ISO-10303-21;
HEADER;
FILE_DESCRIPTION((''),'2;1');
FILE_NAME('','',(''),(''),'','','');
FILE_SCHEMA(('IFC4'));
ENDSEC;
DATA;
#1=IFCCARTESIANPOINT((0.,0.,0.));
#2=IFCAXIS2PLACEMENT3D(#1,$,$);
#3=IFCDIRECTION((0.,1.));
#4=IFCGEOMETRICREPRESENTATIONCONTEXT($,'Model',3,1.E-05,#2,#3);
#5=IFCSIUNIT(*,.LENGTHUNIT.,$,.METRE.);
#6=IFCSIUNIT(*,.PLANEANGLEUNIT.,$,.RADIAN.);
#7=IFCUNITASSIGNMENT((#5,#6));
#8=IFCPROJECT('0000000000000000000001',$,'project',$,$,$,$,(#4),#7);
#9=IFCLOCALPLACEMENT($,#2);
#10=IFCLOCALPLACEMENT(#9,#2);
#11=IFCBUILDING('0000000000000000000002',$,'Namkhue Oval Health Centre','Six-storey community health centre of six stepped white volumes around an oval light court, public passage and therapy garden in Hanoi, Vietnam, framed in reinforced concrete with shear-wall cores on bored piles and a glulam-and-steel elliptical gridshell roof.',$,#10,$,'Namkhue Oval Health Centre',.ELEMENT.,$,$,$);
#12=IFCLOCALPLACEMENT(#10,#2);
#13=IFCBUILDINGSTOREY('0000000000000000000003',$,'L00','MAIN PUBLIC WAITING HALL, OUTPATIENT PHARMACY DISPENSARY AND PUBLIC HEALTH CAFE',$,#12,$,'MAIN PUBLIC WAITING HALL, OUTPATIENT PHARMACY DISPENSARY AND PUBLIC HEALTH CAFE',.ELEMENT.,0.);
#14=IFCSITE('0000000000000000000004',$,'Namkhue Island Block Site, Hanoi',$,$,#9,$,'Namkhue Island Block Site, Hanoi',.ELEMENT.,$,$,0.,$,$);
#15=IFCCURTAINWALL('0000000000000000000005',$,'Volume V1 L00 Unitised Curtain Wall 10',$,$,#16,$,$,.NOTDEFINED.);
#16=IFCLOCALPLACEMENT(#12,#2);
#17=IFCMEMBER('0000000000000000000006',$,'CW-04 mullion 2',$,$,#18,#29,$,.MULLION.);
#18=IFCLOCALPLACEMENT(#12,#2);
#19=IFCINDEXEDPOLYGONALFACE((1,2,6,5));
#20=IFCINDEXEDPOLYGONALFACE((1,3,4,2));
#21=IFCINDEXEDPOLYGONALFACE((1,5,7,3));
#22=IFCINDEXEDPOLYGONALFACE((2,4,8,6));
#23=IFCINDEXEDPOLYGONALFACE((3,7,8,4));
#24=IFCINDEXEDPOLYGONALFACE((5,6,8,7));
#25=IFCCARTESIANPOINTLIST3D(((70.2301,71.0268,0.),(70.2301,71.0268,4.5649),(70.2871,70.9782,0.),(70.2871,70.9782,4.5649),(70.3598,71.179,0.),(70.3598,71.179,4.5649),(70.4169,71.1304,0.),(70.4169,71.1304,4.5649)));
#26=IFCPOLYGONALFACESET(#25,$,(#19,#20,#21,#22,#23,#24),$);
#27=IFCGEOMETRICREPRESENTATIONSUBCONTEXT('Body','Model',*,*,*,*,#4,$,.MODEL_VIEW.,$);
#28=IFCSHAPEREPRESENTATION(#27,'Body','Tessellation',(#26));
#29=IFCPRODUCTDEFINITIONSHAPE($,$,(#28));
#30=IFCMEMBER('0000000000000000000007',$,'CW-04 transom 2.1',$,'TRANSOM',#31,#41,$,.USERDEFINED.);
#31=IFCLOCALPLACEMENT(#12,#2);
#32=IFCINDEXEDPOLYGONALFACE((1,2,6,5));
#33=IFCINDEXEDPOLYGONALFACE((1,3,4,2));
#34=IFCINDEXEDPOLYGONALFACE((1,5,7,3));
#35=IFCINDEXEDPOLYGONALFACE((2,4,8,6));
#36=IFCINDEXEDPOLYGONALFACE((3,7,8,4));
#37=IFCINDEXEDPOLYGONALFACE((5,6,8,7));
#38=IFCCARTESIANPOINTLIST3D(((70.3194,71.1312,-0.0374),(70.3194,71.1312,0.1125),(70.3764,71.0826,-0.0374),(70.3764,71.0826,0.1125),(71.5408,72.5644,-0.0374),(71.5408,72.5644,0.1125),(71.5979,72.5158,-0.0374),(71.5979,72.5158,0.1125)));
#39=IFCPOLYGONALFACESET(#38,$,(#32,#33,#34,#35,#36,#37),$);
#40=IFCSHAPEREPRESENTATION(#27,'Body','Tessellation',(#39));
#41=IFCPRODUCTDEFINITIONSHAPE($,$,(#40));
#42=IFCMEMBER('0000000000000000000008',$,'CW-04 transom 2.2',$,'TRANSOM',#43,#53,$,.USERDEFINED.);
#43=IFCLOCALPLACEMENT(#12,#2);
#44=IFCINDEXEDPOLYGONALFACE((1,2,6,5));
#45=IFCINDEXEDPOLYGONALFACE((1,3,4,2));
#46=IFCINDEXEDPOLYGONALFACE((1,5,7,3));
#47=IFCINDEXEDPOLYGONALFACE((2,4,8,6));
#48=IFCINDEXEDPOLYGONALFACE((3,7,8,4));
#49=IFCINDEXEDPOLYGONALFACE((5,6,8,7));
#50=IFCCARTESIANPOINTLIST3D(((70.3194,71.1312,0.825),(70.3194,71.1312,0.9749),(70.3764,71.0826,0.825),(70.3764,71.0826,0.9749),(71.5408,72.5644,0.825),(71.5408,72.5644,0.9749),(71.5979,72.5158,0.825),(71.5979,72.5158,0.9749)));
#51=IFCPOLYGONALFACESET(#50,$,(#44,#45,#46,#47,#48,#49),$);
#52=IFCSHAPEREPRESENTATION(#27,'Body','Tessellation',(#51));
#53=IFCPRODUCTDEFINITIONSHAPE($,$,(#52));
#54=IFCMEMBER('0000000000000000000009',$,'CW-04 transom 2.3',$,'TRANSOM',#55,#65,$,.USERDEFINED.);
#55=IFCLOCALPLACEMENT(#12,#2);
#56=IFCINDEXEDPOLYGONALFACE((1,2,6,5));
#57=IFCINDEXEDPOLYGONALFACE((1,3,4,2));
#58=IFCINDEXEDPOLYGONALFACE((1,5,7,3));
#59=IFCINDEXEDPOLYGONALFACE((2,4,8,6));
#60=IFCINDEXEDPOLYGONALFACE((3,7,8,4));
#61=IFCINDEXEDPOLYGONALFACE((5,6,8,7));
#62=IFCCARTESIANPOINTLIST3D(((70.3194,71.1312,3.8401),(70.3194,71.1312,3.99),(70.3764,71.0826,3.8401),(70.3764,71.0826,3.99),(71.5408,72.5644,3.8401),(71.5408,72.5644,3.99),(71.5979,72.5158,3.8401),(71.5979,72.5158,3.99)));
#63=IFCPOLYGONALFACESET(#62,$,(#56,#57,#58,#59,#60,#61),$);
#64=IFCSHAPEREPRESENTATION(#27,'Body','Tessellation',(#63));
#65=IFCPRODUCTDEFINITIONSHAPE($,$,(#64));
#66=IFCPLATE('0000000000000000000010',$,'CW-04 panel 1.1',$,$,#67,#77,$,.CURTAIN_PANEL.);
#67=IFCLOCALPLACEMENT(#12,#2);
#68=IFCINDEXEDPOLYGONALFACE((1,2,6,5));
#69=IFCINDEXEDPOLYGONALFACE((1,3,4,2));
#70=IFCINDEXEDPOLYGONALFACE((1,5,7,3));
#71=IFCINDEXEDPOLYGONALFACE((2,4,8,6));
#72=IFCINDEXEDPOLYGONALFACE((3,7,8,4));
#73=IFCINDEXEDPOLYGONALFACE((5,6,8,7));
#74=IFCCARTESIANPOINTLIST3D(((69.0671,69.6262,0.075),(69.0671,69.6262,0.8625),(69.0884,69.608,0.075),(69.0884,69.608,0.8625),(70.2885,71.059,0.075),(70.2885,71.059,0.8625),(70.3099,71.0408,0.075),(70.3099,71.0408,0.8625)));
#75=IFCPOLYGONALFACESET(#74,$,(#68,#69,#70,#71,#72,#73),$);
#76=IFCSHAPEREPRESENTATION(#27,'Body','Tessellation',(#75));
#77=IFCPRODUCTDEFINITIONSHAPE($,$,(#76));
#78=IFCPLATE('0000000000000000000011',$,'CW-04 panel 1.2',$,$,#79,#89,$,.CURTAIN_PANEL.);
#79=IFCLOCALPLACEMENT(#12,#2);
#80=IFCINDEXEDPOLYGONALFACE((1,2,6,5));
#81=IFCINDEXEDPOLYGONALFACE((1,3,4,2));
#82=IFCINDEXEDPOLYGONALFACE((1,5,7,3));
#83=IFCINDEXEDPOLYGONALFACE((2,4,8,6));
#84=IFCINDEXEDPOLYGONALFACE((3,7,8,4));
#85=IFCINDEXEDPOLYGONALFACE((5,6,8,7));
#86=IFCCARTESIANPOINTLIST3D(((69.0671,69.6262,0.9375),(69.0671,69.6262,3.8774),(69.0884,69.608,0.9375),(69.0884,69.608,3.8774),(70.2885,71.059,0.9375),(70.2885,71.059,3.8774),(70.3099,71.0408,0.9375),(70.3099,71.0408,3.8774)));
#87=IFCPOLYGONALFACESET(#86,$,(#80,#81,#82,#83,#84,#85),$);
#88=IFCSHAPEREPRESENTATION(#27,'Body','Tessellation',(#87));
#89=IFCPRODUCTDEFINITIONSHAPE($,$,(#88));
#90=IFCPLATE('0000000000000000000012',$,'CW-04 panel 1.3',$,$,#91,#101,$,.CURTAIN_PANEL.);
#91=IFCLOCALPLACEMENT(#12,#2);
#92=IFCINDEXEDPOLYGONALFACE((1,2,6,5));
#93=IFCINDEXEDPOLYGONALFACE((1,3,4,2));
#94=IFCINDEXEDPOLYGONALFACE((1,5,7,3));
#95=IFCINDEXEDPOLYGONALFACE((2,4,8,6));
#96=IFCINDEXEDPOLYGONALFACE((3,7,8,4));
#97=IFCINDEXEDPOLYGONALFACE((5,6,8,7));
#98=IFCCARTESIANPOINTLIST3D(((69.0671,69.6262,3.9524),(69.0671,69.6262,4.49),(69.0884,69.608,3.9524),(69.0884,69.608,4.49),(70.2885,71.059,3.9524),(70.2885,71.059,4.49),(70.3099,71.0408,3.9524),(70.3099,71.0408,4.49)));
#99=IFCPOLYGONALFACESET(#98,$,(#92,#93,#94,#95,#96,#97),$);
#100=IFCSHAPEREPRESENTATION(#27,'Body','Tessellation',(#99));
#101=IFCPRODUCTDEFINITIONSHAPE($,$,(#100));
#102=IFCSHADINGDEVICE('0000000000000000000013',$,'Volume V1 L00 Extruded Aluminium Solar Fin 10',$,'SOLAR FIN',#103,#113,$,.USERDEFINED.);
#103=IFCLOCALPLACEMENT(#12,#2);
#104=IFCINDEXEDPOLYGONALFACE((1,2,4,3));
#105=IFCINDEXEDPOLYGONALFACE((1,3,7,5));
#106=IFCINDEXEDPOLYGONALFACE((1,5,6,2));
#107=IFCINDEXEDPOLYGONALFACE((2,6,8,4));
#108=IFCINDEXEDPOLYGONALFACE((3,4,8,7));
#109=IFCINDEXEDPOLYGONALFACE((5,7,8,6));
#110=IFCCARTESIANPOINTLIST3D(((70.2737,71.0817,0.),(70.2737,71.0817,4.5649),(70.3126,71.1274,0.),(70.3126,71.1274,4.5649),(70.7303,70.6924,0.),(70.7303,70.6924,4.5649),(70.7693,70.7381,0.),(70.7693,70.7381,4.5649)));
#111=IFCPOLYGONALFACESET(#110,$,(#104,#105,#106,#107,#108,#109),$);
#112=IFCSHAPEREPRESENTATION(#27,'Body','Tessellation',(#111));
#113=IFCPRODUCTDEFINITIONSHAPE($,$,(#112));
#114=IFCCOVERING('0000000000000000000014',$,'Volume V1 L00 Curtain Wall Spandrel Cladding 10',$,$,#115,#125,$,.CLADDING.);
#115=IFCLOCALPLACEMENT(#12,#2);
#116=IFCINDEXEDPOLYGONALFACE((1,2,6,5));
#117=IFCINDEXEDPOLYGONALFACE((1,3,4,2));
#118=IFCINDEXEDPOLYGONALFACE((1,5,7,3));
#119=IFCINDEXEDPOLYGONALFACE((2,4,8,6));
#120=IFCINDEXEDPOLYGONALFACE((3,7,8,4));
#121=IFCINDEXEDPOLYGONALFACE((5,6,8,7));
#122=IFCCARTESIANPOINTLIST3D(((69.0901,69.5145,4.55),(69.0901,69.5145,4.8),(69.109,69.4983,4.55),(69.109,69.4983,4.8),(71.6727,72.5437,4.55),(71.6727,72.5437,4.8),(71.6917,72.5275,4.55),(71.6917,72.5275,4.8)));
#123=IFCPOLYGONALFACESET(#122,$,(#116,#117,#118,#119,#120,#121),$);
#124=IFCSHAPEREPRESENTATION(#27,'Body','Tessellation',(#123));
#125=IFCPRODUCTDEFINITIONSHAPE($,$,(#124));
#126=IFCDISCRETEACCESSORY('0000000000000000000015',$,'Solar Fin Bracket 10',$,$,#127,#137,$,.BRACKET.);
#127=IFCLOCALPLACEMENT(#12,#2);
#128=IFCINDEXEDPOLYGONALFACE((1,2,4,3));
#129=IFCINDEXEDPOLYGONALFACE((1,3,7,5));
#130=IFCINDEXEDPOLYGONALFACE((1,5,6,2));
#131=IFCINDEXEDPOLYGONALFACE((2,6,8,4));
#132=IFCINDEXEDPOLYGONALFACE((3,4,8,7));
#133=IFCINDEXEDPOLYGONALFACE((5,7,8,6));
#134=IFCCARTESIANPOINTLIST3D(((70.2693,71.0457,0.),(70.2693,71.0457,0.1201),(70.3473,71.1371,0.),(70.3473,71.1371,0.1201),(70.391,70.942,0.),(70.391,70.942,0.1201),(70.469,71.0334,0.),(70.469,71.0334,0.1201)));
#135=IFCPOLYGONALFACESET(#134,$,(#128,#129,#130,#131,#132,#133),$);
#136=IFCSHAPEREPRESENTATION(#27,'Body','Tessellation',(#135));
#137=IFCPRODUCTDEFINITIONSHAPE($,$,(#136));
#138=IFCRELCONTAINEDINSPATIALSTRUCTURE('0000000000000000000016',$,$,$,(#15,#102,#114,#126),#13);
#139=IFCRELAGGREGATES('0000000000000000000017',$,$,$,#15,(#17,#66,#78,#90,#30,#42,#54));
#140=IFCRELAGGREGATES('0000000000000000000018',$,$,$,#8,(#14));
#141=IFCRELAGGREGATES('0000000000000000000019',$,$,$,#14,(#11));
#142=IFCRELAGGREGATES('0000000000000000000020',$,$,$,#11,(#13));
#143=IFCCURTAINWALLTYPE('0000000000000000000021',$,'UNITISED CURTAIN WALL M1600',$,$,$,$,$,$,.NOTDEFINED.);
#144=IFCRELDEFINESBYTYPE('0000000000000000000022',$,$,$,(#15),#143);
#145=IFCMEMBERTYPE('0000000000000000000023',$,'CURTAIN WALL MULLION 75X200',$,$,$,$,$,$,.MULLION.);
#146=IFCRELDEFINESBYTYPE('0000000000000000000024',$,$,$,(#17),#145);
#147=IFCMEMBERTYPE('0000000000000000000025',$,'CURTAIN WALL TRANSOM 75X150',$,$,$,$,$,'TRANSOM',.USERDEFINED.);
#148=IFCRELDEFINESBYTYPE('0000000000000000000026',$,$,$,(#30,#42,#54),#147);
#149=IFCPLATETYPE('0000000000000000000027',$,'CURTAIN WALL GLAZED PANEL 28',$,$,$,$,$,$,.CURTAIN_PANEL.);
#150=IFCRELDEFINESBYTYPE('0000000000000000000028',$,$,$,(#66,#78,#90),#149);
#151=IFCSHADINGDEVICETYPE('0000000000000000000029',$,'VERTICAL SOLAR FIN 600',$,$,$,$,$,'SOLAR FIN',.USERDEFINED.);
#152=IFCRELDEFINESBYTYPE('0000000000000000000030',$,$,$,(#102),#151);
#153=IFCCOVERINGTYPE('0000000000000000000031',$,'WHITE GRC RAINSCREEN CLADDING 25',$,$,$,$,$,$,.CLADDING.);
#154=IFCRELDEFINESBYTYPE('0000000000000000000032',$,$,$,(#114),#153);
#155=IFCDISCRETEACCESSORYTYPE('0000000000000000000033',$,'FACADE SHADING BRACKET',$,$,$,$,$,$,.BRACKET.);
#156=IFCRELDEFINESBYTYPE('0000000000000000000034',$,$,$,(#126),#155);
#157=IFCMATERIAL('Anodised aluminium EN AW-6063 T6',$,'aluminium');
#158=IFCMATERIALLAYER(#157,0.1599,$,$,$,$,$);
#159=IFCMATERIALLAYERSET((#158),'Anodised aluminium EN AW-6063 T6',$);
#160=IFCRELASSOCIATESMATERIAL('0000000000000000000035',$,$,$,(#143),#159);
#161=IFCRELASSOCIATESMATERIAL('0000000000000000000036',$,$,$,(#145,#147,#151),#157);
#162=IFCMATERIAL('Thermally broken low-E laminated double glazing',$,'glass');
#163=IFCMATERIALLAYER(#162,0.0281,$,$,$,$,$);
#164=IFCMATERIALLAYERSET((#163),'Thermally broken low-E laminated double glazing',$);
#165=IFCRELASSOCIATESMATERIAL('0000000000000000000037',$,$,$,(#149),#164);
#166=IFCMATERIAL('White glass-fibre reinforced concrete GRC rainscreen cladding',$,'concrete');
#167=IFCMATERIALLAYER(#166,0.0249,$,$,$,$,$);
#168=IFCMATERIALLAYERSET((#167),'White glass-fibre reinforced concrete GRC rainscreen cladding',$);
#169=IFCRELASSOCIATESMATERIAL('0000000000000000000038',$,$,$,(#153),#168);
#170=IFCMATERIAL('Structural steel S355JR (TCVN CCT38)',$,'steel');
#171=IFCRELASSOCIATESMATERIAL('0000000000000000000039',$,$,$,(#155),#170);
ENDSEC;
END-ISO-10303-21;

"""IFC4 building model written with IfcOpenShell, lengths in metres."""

from ifc_helpers import new_model, si_unit, direction, frame, origin, origin_2d, place, context, subcontext, project, spatial, rectangle, extrude, material, layer, layer_set, material_profile, profile_set, type_object, element, aggregate, save


model = new_model("IFC4")

# Units and contexts
model_context = context("Model", 3, precision=1e-05, world=origin(), true_north=direction((0.0, 1.0)))
body_context = subcontext(model_context, "Body", "Model", "MODEL_VIEW")
ifc_project = project(units=[si_unit("LENGTHUNIT", "METRE"), si_unit("PLANEANGLEUNIT", "RADIAN")], contexts=[model_context])

# Site, building, storey
site_placement = place(None, origin())
site = spatial("IfcSite", under=ifc_project, at=site_placement, Name="Namkhue Island Block Site, Hanoi", LongName="Namkhue Island Block Site, Hanoi", CompositionType="ELEMENT", RefElevation=0.0)
building_placement = place(site_placement, origin())
building = spatial("IfcBuilding", under=site, at=building_placement, Name="Namkhue Oval Health Centre", Description="Six-storey community health centre of six stepped white volumes around an oval light court, public passage and therapy garden in Hanoi, Vietnam, framed in reinforced concrete with shear-wall cores on bored piles and a glulam-and-steel elliptical gridshell roof.", LongName="Namkhue Oval Health Centre", CompositionType="ELEMENT")
storey_placement = place(building_placement, origin())
storey = spatial("IfcBuildingStorey", under=building, at=storey_placement, Name="L00", Description="MAIN PUBLIC WAITING HALL, OUTPATIENT PHARMACY DISPENSARY AND PUBLIC HEALTH CAFE", LongName="MAIN PUBLIC WAITING HALL, OUTPATIENT PHARMACY DISPENSARY AND PUBLIC HEALTH CAFE", CompositionType="ELEMENT", Elevation=0.0)

# Curtain wall, members, plates
ifc_material_1 = material(Name="Anodised aluminium EN AW-6063 T6", Category="aluminium")
ifc_layer_1 = layer(ifc_material_1, 0.1599)
ifc_layer_set_1 = layer_set([ifc_layer_1], Name="Anodised aluminium EN AW-6063 T6")
curtain_wall_type = type_object("IfcCurtainWallType", Name="UNITISED CURTAIN WALL M1600", PredefinedType="NOTDEFINED", material=ifc_layer_set_1)
curtain_wall_placement = place(storey_placement, origin())
curtain_wall = element("IfcCurtainWall", 1, at=curtain_wall_placement, inside=storey, type_object=curtain_wall_type, Name="Volume V1 L00 Unitised Curtain Wall 10", PredefinedType="NOTDEFINED")
ifc_material_profile_1 = material_profile(ifc_material_1, rectangle(XDim=0.075, YDim=0.2, at=origin_2d()), Name="ALU 75x200")
ifc_profile_set_1 = profile_set([ifc_material_profile_1], Name="Anodised aluminium EN AW-6063 T6")
member_type_1 = type_object("IfcMemberType", Name="CURTAIN WALL MULLION 75X200", PredefinedType="MULLION", material=ifc_profile_set_1)
member_1_placement = place(storey_placement, frame((70.3235, 71.0786, 0.0), z_axis=(0.0, 0.0, 1.0), x_axis=(-0.761005, 0.648746, 0.0)))
member_1 = element("IfcMember", 2, at=member_1_placement, type_object=member_type_1, Name="CW-04 mullion 2", PredefinedType="MULLION", context=body_context, shape_type="SweptSolid", body=[
    extrude(rectangle(XDim=0.075, YDim=0.2, at=origin_2d()), origin(), (0.0, 0.0, 1.0), 4.5649),
])
ifc_material_profile_2 = material_profile(ifc_material_1, rectangle(XDim=0.075, YDim=0.1499, at=origin_2d()), Name="ALU 75x150")
ifc_profile_set_2 = profile_set([ifc_material_profile_2], Name="Anodised aluminium EN AW-6063 T6")
member_type_2 = type_object("IfcMemberType", Name="CURTAIN WALL TRANSOM 75X150", ElementType="TRANSOM", PredefinedType="USERDEFINED", material=ifc_profile_set_2)
member_2_placement = place(storey_placement, frame((70.3479, 71.1069, 0.0376), z_axis=(0.648664, 0.761075, 0.0), x_axis=(-0.761075, 0.648664, 0.0)))
member_2 = element("IfcMember", 3, at=member_2_placement, type_object=member_type_2, Name="CW-04 transom 2.1", ObjectType="TRANSOM", PredefinedType="USERDEFINED", context=body_context, shape_type="SweptSolid", body=[
    extrude(rectangle(XDim=0.075, YDim=0.1499, at=origin_2d()), origin(), (0.0, 0.0, 1.0), 1.8831),
])
member_3_placement = place(storey_placement, frame((70.3479, 71.1069, 0.8999), z_axis=(0.648664, 0.761075, 0.0), x_axis=(-0.761075, 0.648664, 0.0)))
member_3 = element("IfcMember", 4, at=member_3_placement, type_object=member_type_2, Name="CW-04 transom 2.2", ObjectType="TRANSOM", PredefinedType="USERDEFINED", context=body_context, shape_type="SweptSolid", body=[
    extrude(rectangle(XDim=0.075, YDim=0.1499, at=origin_2d()), origin(), (0.0, 0.0, 1.0), 1.8831),
])
member_4_placement = place(storey_placement, frame((70.3479, 71.1069, 3.915), z_axis=(0.648664, 0.761075, 0.0), x_axis=(-0.761075, 0.648664, 0.0)))
member_4 = element("IfcMember", 5, at=member_4_placement, type_object=member_type_2, Name="CW-04 transom 2.3", ObjectType="TRANSOM", PredefinedType="USERDEFINED", context=body_context, shape_type="SweptSolid", body=[
    extrude(rectangle(XDim=0.075, YDim=0.1499, at=origin_2d()), origin(), (0.0, 0.0, 1.0), 1.8831),
])
ifc_material_2 = material(Name="Thermally broken low-E laminated double glazing", Category="glass")
ifc_layer_2 = layer(ifc_material_2, 0.0281)
ifc_layer_set_2 = layer_set([ifc_layer_2], Name="Thermally broken low-E laminated double glazing")
plate_type = type_object("IfcPlateType", Name="CURTAIN WALL GLAZED PANEL 28", PredefinedType="CURTAIN_PANEL", material=ifc_layer_set_2)
plate_1_placement = place(storey_placement, frame((69.6885, 70.3335, 0.075), z_axis=(0.0, 0.0, 1.0), x_axis=(0.648746, 0.761005, 0.0)))
plate_1 = element("IfcPlate", 6, at=plate_1_placement, type_object=plate_type, Name="CW-04 panel 1.1", PredefinedType="CURTAIN_PANEL", context=body_context, shape_type="SweptSolid", body=[
    extrude(rectangle(XDim=1.8828, YDim=0.0281, at=origin_2d()), origin(), (0.0, 0.0, 1.0), 0.7876),
])
plate_2_placement = place(storey_placement, frame((69.6885, 70.3335, 0.9375), z_axis=(0.0, 0.0, 1.0), x_axis=(0.648746, 0.761005, 0.0)))
plate_2 = element("IfcPlate", 7, at=plate_2_placement, type_object=plate_type, Name="CW-04 panel 1.2", PredefinedType="CURTAIN_PANEL", context=body_context, shape_type="SweptSolid", body=[
    extrude(rectangle(XDim=1.8828, YDim=0.0281, at=origin_2d()), origin(), (0.0, 0.0, 1.0), 2.9399),
])
plate_3_placement = place(storey_placement, frame((69.6885, 70.3335, 3.9524), z_axis=(0.0, 0.0, 1.0), x_axis=(0.648746, 0.761005, 0.0)))
plate_3 = element("IfcPlate", 8, at=plate_3_placement, type_object=plate_type, Name="CW-04 panel 1.3", PredefinedType="CURTAIN_PANEL", context=body_context, shape_type="SweptSolid", body=[
    extrude(rectangle(XDim=1.8828, YDim=0.0281, at=origin_2d()), origin(), (0.0, 0.0, 1.0), 0.5376),
])
aggregate(curtain_wall, [member_1, plate_1, plate_2, plate_3, member_2, member_3, member_4])

# Shading device
shading_device_type = type_object("IfcShadingDeviceType", Name="VERTICAL SOLAR FIN 600", ElementType="SOLAR FIN", PredefinedType="USERDEFINED", material=ifc_material_1)
shading_device_placement = place(storey_placement, frame((70.5215, 70.9099, 0.0), z_axis=(0.0, 0.0, 1.0), x_axis=(0.760972, -0.648784, 0.0)))
element("IfcShadingDevice", 9, at=shading_device_placement, inside=storey, type_object=shading_device_type, Name="Volume V1 L00 Extruded Aluminium Solar Fin 10", ObjectType="SOLAR FIN", PredefinedType="USERDEFINED", context=body_context, shape_type="SweptSolid", body=[
    extrude(rectangle(XDim=0.6001, YDim=0.0601, at=origin_2d()), origin(), (0.0, 0.0, 1.0), 4.5649),
])

# Covering
ifc_material_3 = material(Name="White glass-fibre reinforced concrete GRC rainscreen cladding", Category="concrete")
ifc_layer_3 = layer(ifc_material_3, 0.0249)
ifc_layer_set_3 = layer_set([ifc_layer_3], Name="White glass-fibre reinforced concrete GRC rainscreen cladding")
covering_type = type_object("IfcCoveringType", Name="WHITE GRC RAINSCREEN CLADDING 25", PredefinedType="CLADDING", material=ifc_layer_set_3)
covering_placement = place(storey_placement, frame((70.3909, 71.021, 4.55), z_axis=(0.0, 0.0, 1.0), x_axis=(0.648784, 0.760972, 0.0)))
element("IfcCovering", 10, at=covering_placement, inside=storey, type_object=covering_type, Name="Volume V1 L00 Curtain Wall Spandrel Cladding 10", PredefinedType="CLADDING", context=body_context, shape_type="SweptSolid", body=[
    extrude(rectangle(XDim=3.9807, YDim=0.0249, at=origin_2d()), origin(), (0.0, 0.0, 1.0), 0.25),
])

# Discrete accessory
ifc_material_4 = material(Name="Structural steel S355JR (TCVN CCT38)", Category="steel")
discrete_accessory_type = type_object("IfcDiscreteAccessoryType", Name="FACADE SHADING BRACKET", PredefinedType="BRACKET", material=ifc_material_4)
discrete_accessory_placement = place(storey_placement, frame((70.3691, 71.0396, 0.0), z_axis=(0.0, 0.0, 1.0), x_axis=(0.760972, -0.648784, 0.0)))
element("IfcDiscreteAccessory", 11, at=discrete_accessory_placement, inside=storey, type_object=discrete_accessory_type, Name="Solar Fin Bracket 10", PredefinedType="BRACKET", context=body_context, shape_type="SweptSolid", body=[
    extrude(rectangle(XDim=0.1599, YDim=0.1201, at=origin_2d()), origin(), (0.0, 0.0, 1.0), 0.1201),
])

save(model, "model.ifc")
